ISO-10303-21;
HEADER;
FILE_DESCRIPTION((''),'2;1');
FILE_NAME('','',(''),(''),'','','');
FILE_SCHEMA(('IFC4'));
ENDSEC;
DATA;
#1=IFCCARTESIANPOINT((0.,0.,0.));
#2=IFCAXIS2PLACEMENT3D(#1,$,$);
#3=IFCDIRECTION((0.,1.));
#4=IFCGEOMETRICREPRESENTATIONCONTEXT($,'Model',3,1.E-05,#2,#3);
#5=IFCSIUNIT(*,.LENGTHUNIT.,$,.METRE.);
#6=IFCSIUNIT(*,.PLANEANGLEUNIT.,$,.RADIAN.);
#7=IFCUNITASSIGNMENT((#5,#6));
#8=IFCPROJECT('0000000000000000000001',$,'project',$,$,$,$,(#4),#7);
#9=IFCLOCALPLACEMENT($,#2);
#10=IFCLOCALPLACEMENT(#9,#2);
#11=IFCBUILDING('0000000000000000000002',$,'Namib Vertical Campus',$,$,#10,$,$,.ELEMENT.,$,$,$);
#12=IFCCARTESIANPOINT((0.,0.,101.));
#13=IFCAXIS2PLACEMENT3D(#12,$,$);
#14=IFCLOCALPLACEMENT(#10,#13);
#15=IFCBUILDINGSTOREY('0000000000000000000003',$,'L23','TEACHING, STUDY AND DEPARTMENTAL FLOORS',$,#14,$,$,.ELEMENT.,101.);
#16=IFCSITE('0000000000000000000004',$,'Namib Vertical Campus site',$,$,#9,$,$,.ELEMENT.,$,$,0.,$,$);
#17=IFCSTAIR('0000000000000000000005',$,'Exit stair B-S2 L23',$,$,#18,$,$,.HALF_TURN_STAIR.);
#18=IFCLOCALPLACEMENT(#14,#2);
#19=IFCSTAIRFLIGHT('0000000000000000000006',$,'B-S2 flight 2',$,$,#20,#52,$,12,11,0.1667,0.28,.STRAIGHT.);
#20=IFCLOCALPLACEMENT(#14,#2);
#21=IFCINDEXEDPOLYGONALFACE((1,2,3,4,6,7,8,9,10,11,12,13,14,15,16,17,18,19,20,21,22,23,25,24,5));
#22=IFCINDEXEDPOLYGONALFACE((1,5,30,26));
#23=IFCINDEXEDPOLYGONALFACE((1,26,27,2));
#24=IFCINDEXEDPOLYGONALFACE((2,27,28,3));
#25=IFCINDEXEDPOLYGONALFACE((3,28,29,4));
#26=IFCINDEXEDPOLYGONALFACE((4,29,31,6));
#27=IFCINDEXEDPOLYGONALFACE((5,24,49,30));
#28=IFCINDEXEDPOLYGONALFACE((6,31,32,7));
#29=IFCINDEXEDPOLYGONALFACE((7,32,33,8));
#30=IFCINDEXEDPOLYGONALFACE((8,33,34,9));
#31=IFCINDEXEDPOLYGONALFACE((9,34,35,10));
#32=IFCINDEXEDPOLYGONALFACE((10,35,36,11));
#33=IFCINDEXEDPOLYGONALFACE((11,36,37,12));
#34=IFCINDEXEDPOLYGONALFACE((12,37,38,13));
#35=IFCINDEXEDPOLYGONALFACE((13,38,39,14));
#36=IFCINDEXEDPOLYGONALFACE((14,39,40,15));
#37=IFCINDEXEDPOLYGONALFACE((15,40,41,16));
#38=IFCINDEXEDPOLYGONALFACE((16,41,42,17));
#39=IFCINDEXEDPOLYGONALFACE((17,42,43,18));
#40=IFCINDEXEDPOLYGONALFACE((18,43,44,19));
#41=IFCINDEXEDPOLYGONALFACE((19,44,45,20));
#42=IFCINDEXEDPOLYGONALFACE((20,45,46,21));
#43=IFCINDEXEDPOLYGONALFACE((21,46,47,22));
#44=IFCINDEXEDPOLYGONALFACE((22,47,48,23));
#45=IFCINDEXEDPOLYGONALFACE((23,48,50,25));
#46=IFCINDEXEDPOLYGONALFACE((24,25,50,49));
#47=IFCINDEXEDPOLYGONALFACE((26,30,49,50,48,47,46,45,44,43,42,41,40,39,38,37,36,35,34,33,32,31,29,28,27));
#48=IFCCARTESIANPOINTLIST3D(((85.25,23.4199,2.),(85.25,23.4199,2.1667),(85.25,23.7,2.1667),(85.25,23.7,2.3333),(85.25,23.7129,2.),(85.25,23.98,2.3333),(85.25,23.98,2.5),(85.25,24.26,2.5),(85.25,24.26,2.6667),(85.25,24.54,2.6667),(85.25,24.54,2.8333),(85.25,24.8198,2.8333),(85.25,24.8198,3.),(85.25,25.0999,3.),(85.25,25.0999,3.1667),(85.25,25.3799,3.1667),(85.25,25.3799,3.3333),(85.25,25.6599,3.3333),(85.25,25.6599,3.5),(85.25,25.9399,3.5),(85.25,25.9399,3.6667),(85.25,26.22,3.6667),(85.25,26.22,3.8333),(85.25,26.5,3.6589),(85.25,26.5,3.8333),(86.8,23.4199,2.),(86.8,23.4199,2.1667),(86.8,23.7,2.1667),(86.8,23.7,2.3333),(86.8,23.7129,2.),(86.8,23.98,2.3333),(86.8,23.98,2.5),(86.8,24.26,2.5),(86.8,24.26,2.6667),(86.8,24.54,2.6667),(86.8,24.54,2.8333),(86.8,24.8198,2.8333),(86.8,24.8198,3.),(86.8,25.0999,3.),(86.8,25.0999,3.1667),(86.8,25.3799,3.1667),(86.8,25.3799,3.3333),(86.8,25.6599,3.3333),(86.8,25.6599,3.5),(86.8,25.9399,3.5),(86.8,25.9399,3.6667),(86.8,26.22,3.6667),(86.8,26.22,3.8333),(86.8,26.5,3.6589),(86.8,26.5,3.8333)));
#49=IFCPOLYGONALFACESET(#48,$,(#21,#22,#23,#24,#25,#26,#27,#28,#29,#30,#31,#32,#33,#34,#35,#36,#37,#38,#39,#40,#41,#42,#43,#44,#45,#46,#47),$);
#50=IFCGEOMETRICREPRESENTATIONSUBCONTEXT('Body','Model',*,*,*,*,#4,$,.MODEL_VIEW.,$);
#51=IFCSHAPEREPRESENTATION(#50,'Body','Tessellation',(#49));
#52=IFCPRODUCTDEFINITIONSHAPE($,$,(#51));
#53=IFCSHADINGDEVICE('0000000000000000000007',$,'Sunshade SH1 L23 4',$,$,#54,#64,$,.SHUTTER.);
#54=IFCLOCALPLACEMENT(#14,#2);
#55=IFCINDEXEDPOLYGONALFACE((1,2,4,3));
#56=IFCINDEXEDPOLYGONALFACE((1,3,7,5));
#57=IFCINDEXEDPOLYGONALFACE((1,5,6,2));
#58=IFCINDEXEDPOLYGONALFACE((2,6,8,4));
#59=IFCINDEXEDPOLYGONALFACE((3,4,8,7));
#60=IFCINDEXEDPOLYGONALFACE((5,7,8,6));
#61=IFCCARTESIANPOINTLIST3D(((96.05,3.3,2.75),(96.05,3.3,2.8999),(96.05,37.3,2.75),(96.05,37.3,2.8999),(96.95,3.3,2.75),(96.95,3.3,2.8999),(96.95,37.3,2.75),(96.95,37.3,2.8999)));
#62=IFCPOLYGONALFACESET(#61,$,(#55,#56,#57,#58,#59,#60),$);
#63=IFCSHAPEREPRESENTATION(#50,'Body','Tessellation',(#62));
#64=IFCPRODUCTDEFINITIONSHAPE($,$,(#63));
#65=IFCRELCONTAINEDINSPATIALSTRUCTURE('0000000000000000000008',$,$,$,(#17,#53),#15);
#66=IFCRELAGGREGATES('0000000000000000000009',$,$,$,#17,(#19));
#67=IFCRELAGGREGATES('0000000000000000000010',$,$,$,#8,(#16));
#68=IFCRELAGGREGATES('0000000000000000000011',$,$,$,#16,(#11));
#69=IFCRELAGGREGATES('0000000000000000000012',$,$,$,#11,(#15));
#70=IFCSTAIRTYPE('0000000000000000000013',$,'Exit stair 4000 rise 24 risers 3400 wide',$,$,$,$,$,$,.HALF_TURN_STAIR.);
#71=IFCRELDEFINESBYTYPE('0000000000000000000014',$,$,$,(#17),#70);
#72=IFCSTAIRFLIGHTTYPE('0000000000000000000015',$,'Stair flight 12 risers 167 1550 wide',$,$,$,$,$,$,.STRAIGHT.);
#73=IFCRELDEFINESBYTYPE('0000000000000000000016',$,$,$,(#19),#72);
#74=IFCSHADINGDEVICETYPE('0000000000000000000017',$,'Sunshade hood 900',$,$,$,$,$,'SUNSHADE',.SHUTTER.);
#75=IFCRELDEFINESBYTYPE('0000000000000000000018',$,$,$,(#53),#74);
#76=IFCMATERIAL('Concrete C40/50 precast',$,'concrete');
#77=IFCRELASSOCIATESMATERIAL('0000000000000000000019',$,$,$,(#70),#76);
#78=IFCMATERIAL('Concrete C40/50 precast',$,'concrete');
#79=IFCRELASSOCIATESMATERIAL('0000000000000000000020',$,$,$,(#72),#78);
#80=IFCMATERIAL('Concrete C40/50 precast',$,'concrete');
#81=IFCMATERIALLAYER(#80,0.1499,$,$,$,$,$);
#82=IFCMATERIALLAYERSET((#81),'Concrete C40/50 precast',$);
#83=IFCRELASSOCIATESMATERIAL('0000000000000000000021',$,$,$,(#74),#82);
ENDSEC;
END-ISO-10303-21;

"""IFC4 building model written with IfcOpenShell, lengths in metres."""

from ifc_helpers import new_model, si_unit, direction, frame, origin, origin_2d, place, context, subcontext, project, spatial, polyline, rectangle, outline, extrude, material, layer, layer_set, type_object, element, aggregate, save


model = new_model("IFC4")

# Units and contexts
model_context = context("Model", 3, precision=1e-05, world=origin(), true_north=direction((0.0, 1.0)))
body_context = subcontext(model_context, "Body", "Model", "MODEL_VIEW")
ifc_project = project(units=[si_unit("LENGTHUNIT", "METRE"), si_unit("PLANEANGLEUNIT", "RADIAN")], contexts=[model_context])

# Site, building, storey
site_placement = place(None, origin())
site = spatial("IfcSite", under=ifc_project, at=site_placement, Name="Namib Vertical Campus site", CompositionType="ELEMENT", RefElevation=0.0)
building_placement = place(site_placement, origin())
building = spatial("IfcBuilding", under=site, at=building_placement, Name="Namib Vertical Campus", CompositionType="ELEMENT")
storey_placement = place(building_placement, frame((0.0, 0.0, 101.0)))
storey = spatial("IfcBuildingStorey", under=building, at=storey_placement, Name="L23", Description="TEACHING, STUDY AND DEPARTMENTAL FLOORS", CompositionType="ELEMENT", Elevation=101.0)

# Stair, stair flight
ifc_material_1 = material(Name="Concrete C40/50 precast", Category="concrete")
stair_type = type_object("IfcStairType", Name="Exit stair 4000 rise 24 risers 3400 wide", PredefinedType="HALF_TURN_STAIR", material=ifc_material_1)
ifc_material_2 = material(Name="Concrete C40/50 precast", Category="concrete")
stair_flight_type = type_object("IfcStairFlightType", Name="Stair flight 12 risers 167 1550 wide", PredefinedType="STRAIGHT", material=ifc_material_2)
stair_1_placement = place(storey_placement, origin())
stair_1 = element("IfcStair", 1, at=stair_1_placement, inside=storey, type_object=stair_type, Name="Exit stair B-S2 L23", PredefinedType="HALF_TURN_STAIR")
stair_flight_1_placement = place(storey_placement, frame((86.0249, 23.4199, 2.0), z_axis=(0.0, 0.0, 1.0), x_axis=(0.0, 1.0, 0.0)))
stair_flight_1 = element("IfcStairFlight", 2, at=stair_flight_1_placement, type_object=stair_flight_type, Name="B-S2 flight 2", NumberOfRisers=12, NumberOfTreads=11, PredefinedType="STRAIGHT", RiserHeight=0.1667, TreadLength=0.28, context=body_context, shape_type="SweptSolid", body=[
    extrude(outline(polyline([(0.0, 0.0), (0.0, 0.1667), (0.28, 0.1667), (0.28, 0.3333), (0.5601, 0.3333), (0.5601, 0.5), (0.8401, 0.5), (0.8401, 0.6667), (1.1201, 0.6667), (1.1201, 0.8333), (1.3999, 0.8333), (1.3999, 1.0), (1.6799, 1.0), (1.6799, 1.1667), (1.96, 1.1667), (1.96, 1.3333), (2.24, 1.3333), (2.24, 1.5), (2.52, 1.5), (2.52, 1.6667), (2.8, 1.6667), (2.8, 1.8333), (3.0801, 1.8333), (3.0801, 2.0), (3.0801, 1.6589), (0.293, 0.0), (0.0, 0.0)])), frame((0.0, 0.7749, 0.0), z_axis=(0.0, -1.0, 0.0), x_axis=(1.0, 0.0, 0.0)), (0.0, 0.0, 1.0), 1.55),
])
aggregate(stair_1, [stair_flight_1])

# Shading device
ifc_material_3 = material(Name="Concrete C40/50 precast", Category="concrete")
ifc_layer_1 = layer(ifc_material_3, 0.1499)
ifc_layer_set_1 = layer_set([ifc_layer_1], Name="Concrete C40/50 precast")
shading_device_type = type_object("IfcShadingDeviceType", Name="Sunshade hood 900", ElementType="SUNSHADE", PredefinedType="SHUTTER", material=ifc_layer_set_1)
shading_device_placement = place(storey_placement, frame((96.5, 20.3, 2.75), z_axis=(0.0, 0.0, 1.0), x_axis=(0.0, 1.0, 0.0)))
element("IfcShadingDevice", 3, at=shading_device_placement, inside=storey, type_object=shading_device_type, Name="Sunshade SH1 L23 4", PredefinedType="SHUTTER", context=body_context, shape_type="SweptSolid", body=[
    extrude(rectangle(XDim=34.0, YDim=0.8999, at=origin_2d()), origin(), (0.0, 0.0, 1.0), 0.1499),
])

save(model, "model.ifc")
